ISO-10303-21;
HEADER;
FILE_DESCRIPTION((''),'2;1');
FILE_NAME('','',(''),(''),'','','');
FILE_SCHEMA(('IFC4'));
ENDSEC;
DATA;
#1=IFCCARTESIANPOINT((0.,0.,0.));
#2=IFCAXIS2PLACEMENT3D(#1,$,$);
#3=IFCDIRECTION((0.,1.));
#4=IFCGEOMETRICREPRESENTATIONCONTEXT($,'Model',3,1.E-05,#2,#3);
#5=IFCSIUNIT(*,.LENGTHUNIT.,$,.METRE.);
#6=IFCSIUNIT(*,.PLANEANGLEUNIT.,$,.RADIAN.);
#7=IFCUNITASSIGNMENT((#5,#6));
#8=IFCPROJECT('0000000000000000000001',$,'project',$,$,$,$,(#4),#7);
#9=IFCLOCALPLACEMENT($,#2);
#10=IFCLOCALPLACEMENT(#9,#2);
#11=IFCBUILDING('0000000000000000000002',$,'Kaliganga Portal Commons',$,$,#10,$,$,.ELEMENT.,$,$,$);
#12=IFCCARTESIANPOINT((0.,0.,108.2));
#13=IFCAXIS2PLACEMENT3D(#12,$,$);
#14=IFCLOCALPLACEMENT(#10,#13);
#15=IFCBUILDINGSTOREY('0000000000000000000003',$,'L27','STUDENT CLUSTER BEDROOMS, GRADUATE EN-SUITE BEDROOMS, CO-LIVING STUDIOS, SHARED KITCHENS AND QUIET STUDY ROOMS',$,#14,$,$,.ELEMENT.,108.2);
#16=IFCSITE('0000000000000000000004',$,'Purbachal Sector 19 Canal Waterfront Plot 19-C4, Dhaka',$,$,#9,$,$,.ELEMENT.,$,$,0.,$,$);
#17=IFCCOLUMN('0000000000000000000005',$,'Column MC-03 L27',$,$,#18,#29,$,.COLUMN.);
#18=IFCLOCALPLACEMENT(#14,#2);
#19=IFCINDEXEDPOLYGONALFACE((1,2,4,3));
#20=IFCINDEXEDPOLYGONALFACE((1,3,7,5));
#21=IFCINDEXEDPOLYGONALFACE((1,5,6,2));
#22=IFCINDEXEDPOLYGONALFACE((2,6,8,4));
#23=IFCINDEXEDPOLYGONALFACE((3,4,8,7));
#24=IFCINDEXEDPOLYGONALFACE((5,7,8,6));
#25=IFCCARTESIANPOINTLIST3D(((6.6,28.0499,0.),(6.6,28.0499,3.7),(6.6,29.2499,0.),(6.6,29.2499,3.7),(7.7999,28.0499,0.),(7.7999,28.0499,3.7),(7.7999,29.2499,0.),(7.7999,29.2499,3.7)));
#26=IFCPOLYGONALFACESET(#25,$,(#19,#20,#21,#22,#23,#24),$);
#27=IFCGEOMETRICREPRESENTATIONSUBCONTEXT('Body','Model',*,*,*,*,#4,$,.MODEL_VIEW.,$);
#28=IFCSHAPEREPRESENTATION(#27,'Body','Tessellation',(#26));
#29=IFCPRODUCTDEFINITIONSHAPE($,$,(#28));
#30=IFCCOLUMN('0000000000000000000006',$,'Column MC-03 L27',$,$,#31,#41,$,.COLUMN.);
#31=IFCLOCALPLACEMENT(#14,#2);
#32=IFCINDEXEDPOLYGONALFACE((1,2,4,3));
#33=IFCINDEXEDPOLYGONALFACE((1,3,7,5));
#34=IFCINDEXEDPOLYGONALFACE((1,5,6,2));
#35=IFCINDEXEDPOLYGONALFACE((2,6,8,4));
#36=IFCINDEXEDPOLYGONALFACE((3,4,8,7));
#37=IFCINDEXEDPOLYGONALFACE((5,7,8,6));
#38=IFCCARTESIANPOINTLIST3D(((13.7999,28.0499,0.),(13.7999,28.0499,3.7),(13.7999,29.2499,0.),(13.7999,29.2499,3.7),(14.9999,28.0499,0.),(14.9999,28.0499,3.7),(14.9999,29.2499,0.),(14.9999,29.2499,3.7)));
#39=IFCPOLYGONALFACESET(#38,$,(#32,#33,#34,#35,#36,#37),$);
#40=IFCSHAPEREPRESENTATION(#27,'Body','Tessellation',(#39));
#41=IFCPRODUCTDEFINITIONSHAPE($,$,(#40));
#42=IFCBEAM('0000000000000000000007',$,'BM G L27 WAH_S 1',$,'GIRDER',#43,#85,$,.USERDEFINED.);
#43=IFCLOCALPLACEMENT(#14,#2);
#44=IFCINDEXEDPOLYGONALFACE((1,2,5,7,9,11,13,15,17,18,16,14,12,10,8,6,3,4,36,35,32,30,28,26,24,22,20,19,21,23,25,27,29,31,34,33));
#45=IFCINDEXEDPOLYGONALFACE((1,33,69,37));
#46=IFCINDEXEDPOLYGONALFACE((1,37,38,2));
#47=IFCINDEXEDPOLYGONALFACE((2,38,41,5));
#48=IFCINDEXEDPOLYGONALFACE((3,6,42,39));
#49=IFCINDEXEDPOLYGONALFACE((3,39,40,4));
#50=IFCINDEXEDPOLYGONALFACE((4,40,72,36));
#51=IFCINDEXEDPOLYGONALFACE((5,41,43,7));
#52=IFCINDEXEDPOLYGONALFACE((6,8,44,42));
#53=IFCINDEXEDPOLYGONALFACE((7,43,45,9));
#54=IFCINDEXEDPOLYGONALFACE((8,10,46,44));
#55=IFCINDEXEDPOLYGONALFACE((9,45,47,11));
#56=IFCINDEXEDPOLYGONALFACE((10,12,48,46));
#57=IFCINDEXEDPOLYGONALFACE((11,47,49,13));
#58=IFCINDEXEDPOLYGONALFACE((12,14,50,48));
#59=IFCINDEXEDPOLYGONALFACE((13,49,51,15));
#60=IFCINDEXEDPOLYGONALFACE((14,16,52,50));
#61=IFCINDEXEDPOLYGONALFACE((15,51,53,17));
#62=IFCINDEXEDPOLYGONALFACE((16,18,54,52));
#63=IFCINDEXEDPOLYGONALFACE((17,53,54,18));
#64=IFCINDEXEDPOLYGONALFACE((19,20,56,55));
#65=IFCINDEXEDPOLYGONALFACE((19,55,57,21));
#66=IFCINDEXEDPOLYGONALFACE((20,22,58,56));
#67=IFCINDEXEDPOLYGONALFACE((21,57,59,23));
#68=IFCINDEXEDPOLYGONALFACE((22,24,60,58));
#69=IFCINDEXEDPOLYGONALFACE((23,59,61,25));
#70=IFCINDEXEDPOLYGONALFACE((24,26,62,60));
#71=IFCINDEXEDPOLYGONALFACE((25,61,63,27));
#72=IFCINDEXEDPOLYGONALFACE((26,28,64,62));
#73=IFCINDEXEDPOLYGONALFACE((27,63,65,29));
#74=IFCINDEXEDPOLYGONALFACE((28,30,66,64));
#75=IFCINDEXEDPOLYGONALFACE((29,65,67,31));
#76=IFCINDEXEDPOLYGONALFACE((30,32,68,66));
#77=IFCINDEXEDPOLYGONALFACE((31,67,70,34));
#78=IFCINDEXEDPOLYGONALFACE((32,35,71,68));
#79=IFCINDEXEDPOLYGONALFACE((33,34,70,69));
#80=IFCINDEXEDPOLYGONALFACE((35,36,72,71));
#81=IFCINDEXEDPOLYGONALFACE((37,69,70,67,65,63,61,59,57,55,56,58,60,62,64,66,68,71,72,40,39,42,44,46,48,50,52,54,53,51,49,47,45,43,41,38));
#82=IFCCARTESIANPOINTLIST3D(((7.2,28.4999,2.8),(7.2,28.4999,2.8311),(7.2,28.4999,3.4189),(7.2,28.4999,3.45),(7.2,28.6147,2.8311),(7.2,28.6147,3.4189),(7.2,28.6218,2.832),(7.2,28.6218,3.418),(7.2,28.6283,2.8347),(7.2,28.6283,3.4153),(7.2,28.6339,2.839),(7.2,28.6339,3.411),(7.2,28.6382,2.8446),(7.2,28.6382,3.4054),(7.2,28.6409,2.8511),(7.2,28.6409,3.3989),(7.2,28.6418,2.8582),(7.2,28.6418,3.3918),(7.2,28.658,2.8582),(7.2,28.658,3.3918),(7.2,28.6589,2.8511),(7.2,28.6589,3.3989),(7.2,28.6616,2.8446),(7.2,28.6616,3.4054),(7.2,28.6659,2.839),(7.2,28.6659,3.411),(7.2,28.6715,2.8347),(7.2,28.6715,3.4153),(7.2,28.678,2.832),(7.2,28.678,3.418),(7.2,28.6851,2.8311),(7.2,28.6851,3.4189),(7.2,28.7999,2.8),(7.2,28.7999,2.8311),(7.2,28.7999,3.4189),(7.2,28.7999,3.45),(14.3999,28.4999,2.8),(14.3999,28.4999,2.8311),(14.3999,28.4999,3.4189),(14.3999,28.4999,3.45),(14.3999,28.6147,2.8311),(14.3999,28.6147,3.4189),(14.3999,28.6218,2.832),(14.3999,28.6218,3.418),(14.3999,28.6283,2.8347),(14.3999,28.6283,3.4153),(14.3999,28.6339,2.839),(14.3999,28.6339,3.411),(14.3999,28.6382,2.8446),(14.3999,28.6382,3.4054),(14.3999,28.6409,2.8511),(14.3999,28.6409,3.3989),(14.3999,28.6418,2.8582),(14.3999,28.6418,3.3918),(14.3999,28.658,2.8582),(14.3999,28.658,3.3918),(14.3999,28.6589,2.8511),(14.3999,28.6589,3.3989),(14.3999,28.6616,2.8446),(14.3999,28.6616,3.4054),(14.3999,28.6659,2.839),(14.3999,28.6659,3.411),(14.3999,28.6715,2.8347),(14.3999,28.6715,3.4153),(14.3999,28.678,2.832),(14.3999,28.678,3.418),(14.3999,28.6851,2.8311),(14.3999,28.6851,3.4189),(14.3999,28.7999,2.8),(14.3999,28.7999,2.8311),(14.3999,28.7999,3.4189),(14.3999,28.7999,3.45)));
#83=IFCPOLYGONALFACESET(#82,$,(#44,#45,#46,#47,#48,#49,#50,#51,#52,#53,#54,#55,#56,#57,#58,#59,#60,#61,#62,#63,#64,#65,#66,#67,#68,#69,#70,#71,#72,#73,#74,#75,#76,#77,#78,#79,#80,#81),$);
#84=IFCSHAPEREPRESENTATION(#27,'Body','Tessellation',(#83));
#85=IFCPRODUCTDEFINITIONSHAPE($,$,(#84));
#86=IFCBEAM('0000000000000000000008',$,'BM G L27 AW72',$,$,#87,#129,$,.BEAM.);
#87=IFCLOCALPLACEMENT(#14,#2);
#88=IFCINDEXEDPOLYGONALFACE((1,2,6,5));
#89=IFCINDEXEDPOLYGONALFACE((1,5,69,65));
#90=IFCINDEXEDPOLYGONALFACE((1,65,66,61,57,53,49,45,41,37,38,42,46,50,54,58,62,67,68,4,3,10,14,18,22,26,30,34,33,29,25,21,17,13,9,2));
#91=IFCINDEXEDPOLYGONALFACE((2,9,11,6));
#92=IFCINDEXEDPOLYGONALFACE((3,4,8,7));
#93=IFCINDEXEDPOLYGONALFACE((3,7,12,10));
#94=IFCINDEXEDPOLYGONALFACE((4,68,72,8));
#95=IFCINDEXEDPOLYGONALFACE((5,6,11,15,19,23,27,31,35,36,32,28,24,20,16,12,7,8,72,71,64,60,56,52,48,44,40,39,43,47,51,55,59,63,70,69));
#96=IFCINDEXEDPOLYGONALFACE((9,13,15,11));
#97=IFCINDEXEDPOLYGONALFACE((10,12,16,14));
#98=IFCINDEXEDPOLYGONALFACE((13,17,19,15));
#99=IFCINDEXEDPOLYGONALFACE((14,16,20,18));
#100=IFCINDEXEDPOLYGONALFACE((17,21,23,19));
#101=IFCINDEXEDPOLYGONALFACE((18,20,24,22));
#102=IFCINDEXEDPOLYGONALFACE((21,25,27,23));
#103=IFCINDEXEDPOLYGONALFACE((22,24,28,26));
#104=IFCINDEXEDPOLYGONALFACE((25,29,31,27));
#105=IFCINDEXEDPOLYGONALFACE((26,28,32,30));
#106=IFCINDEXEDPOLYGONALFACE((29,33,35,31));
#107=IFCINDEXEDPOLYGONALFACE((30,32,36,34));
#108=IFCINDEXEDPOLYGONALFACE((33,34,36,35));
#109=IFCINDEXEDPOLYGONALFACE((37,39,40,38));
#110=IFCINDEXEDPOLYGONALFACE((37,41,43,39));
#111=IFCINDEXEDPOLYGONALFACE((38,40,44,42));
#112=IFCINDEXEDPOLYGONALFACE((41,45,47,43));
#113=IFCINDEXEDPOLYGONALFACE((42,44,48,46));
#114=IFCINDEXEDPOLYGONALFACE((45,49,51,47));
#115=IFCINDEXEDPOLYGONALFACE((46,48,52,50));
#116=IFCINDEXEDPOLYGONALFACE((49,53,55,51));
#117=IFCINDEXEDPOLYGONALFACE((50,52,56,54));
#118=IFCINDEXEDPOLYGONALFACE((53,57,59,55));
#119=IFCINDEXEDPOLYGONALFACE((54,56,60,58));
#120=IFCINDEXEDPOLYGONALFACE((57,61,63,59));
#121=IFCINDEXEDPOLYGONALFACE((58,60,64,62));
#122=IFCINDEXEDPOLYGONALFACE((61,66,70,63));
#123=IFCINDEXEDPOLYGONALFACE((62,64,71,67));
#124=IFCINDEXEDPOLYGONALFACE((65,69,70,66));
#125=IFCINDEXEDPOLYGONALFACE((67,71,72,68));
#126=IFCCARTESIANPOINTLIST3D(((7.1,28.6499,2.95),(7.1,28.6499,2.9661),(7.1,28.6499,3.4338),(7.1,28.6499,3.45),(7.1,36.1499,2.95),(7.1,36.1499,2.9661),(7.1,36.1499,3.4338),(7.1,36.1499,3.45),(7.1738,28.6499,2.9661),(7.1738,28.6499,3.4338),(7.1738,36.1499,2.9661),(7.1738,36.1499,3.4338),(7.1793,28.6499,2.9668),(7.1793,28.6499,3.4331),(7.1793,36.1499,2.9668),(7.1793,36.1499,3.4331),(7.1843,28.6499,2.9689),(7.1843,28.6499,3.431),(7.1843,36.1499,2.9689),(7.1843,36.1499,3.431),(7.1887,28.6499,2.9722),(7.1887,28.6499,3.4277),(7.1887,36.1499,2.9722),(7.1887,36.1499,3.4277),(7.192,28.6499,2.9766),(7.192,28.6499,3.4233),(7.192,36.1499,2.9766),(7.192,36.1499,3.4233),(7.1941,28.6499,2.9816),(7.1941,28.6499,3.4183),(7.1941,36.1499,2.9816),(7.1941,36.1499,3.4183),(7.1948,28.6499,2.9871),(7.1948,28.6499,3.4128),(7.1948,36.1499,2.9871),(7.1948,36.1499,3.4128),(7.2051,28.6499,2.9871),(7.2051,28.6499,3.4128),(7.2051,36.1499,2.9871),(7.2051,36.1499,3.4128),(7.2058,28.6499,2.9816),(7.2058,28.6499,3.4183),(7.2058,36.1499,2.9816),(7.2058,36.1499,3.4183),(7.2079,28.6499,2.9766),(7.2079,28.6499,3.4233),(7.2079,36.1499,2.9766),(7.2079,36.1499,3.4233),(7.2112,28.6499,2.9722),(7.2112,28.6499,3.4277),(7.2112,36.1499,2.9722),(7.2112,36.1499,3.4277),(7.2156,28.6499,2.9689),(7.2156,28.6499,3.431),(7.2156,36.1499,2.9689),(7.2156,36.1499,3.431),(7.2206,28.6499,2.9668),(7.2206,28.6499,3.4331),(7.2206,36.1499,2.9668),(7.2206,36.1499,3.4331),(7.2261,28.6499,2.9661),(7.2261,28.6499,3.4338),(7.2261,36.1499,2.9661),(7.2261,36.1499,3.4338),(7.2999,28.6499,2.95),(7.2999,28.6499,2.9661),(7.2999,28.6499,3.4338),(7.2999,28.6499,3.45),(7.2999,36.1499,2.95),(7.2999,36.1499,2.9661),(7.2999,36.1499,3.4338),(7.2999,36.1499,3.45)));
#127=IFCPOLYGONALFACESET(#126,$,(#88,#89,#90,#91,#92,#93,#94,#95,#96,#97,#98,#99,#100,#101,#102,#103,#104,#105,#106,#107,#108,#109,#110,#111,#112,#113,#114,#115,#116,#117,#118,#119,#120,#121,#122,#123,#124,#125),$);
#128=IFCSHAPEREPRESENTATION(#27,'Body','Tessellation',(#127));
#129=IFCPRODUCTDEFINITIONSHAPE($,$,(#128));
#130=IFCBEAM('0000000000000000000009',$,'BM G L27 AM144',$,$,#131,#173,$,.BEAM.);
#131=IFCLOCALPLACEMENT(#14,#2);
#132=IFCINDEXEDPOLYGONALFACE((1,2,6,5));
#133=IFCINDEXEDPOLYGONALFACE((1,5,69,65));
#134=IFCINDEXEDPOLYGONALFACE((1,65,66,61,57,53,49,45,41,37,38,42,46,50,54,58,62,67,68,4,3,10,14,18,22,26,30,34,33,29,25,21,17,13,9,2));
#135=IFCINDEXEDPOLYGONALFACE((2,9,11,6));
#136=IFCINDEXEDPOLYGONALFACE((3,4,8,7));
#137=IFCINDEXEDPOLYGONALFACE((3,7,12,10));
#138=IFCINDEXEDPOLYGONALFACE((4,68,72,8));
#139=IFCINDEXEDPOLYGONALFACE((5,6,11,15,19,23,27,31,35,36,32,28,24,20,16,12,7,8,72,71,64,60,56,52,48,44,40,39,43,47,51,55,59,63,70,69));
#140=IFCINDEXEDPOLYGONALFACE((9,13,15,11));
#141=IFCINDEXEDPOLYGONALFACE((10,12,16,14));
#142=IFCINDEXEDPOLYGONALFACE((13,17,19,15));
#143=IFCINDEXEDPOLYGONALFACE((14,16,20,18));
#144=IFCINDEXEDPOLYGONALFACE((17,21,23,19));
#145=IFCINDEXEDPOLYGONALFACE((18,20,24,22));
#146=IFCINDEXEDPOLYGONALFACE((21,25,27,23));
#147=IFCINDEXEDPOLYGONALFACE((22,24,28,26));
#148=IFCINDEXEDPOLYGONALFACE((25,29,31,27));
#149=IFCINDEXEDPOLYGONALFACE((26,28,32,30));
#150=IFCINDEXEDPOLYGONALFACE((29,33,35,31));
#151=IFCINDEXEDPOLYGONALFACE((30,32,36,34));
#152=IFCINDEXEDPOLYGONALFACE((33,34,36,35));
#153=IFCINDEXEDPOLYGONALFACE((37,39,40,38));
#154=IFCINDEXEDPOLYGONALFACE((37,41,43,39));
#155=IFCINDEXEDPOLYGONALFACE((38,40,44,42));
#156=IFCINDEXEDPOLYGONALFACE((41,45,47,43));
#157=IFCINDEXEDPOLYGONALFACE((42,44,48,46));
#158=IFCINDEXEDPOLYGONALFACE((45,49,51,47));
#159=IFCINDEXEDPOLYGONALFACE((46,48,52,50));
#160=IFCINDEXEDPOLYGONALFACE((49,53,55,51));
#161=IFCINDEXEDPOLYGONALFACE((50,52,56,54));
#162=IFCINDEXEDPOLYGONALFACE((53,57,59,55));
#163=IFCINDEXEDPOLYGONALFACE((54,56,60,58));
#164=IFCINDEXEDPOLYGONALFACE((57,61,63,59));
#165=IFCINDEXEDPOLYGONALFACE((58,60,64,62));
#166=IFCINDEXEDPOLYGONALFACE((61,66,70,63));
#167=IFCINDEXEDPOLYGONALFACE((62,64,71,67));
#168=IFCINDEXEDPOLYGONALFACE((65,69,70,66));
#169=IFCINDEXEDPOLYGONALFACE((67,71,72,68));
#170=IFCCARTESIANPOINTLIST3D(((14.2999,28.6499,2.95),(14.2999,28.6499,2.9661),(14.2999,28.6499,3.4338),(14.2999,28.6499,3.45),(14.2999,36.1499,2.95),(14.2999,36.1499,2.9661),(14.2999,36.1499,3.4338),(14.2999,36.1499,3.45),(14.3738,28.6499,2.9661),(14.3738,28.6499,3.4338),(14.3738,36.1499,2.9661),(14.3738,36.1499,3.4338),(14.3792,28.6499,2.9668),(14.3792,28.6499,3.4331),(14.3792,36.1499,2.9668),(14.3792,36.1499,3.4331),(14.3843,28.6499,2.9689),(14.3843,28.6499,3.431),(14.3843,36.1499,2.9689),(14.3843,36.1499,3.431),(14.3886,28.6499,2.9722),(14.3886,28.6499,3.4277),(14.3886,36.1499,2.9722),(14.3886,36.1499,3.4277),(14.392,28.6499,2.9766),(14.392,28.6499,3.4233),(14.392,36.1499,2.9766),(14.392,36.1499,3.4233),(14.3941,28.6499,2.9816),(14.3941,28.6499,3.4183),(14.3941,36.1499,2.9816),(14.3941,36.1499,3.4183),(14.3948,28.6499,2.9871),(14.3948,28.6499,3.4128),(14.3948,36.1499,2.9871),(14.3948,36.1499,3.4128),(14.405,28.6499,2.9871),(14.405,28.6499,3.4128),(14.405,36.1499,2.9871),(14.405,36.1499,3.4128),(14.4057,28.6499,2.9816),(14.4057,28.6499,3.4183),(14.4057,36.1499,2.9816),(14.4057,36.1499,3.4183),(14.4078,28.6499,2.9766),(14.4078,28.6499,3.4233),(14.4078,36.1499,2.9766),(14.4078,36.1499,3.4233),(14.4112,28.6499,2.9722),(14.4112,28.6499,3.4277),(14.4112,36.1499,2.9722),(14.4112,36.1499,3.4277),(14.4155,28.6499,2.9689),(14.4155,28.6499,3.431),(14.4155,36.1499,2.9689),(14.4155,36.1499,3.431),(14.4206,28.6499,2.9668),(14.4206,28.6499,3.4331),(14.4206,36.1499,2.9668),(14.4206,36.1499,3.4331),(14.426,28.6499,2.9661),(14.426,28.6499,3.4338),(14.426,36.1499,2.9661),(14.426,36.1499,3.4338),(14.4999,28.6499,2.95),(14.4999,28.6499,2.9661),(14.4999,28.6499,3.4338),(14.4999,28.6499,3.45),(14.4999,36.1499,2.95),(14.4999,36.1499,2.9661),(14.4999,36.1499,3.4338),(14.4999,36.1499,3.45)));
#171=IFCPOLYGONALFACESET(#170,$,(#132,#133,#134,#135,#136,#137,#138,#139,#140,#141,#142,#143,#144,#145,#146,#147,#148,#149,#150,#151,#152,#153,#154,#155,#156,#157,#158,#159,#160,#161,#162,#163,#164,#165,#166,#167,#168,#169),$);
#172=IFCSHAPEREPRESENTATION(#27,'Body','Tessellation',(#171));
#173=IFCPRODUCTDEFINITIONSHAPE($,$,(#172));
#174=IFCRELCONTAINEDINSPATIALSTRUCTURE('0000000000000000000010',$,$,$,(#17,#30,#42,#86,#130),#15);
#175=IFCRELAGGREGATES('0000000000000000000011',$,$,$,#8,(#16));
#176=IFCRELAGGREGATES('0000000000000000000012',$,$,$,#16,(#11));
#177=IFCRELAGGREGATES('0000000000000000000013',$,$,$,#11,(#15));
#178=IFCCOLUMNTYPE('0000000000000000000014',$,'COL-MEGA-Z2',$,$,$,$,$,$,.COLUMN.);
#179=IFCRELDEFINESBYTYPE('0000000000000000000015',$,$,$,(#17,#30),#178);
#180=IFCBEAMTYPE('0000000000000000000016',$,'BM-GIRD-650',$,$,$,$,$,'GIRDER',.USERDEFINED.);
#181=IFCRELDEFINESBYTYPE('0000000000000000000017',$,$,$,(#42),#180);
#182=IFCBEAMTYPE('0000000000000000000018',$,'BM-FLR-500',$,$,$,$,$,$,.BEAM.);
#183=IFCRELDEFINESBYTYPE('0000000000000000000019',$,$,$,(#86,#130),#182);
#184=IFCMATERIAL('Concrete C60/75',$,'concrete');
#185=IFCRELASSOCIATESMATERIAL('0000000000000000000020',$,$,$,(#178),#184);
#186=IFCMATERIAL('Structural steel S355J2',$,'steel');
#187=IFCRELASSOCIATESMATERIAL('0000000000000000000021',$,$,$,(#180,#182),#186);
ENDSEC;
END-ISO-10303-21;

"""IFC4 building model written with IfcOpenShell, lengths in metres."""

from ifc_helpers import new_model, si_unit, direction, frame, origin, origin_2d, place, context, subcontext, project, spatial, rectangle, i_section, extrude, source, transform, mapped, material, material_profile, profile_set, type_object, element, save


model = new_model("IFC4")

# Units and contexts
model_context = context("Model", 3, precision=1e-05, world=origin(), true_north=direction((0.0, 1.0)))
body_context = subcontext(model_context, "Body", "Model", "MODEL_VIEW")
ifc_project = project(units=[si_unit("LENGTHUNIT", "METRE"), si_unit("PLANEANGLEUNIT", "RADIAN")], contexts=[model_context])

# Site, building, storey
site_placement = place(None, origin())
site = spatial("IfcSite", under=ifc_project, at=site_placement, Name="Purbachal Sector 19 Canal Waterfront Plot 19-C4, Dhaka", CompositionType="ELEMENT", RefElevation=0.0)
building_placement = place(site_placement, origin())
building = spatial("IfcBuilding", under=site, at=building_placement, Name="Kaliganga Portal Commons", CompositionType="ELEMENT")
storey_placement = place(building_placement, frame((0.0, 0.0, 108.2)))
storey = spatial("IfcBuildingStorey", under=building, at=storey_placement, Name="L27", Description="STUDENT CLUSTER BEDROOMS, GRADUATE EN-SUITE BEDROOMS, CO-LIVING STUDIOS, SHARED KITCHENS AND QUIET STUDY ROOMS", CompositionType="ELEMENT", Elevation=108.2)

# Columns
ifc_material_1 = material(Name="Concrete C60/75", Category="concrete")
ifc_material_profile_1 = material_profile(ifc_material_1, rectangle(XDim=1.2, YDim=1.2, at=origin_2d()), Name="RC 1200x1200")
ifc_profile_set_1 = profile_set([ifc_material_profile_1], Name="Concrete C60/75")
column_type = type_object("IfcColumnType", Name="COL-MEGA-Z2", PredefinedType="COLUMN", material=ifc_profile_set_1)
shared_shape_1 = source(origin(), body_context, "Body", "SweptSolid", [
    extrude(rectangle(XDim=1.2, YDim=1.2, at=origin_2d()), origin(), (0.0, 0.0, 1.0), 3.7),
])
for number, where, z_axis, x_axis, name in (
    (1, (7.2, 28.6499, 0.0), (0.0, 0.0, 1.0), (1.0, 0.0, 0.0), "Column MC-03 L27"),
    (2, (14.3999, 28.6499, 0.0), (0.0, 0.0, 1.0), (1.0, 0.0, 0.0), "Column MC-03 L27"),
):
    element("IfcColumn", number, at=place(storey_placement, frame(where, z_axis=z_axis, x_axis=x_axis)), inside=storey, type_object=column_type, Name=name, PredefinedType="COLUMN", context=body_context, shape_type="MappedRepresentation", body=[
        mapped(shared_shape_1, transform((0.0, 0.0, 0.0), x_axis=(1.0, 0.0, 0.0), y_axis=(0.0, 1.0, 0.0), z_axis=(0.0, 0.0, 1.0), scale=1.0)),
    ])

# Beams
ifc_material_2 = material(Name="Structural steel S355J2", Category="steel")
ifc_material_profile_2 = material_profile(ifc_material_2, i_section(OverallWidth=0.3, OverallDepth=0.6499, WebThickness=0.0161, FlangeThickness=0.031, FilletRadius=0.0271, at=origin_2d()), Name="HE 650 B")
ifc_profile_set_2 = profile_set([ifc_material_profile_2], Name="Structural steel S355J2 wide-flange")
beam_type_1 = type_object("IfcBeamType", Name="BM-GIRD-650", ElementType="GIRDER", PredefinedType="USERDEFINED", material=ifc_profile_set_2)
shared_shape_2 = source(origin(), body_context, "Body", "SweptSolid", [
    extrude(i_section(OverallWidth=0.3, OverallDepth=0.6499, WebThickness=0.0161, FlangeThickness=0.031, FilletRadius=0.0271, at=origin_2d()), origin(), (0.0, 0.0, 1.0), 7.2),
])
beam_placement = place(storey_placement, frame((7.2, 28.6499, 3.125), z_axis=(1.0, 0.0, 0.0), x_axis=(0.0, 1.0, 0.0)))
element("IfcBeam", 3, at=beam_placement, inside=storey, type_object=beam_type_1, Name="BM G L27 WAH_S 1", ObjectType="GIRDER", PredefinedType="USERDEFINED", context=body_context, shape_type="MappedRepresentation", body=[
    mapped(shared_shape_2, transform((0.0, 0.0, 0.0), x_axis=(1.0, 0.0, 0.0), y_axis=(0.0, 1.0, 0.0), z_axis=(0.0, 0.0, 1.0), scale=1.0)),
])
ifc_material_profile_3 = material_profile(ifc_material_2, i_section(OverallWidth=0.2, OverallDepth=0.5, WebThickness=0.0103, FlangeThickness=0.0161, FilletRadius=0.021, at=origin_2d()), Name="IPE 500")
ifc_profile_set_3 = profile_set([ifc_material_profile_3], Name="Structural steel S355J2 wide-flange")
beam_type_2 = type_object("IfcBeamType", Name="BM-FLR-500", PredefinedType="BEAM", material=ifc_profile_set_3)
shared_shape_3 = source(origin(), body_context, "Body", "SweptSolid", [
    extrude(i_section(OverallWidth=0.2, OverallDepth=0.5, WebThickness=0.0103, FlangeThickness=0.0161, FilletRadius=0.021, at=origin_2d()), origin(), (0.0, 0.0, 1.0), 7.5),
])
for number, where, z_axis, x_axis, name in (
    (4, (7.2, 28.6499, 3.2), (0.0, 1.0, 0.0), (-1.0, 0.0, 0.0), "BM G L27 AW72"),
    (5, (14.3999, 28.6499, 3.2), (0.0, 1.0, 0.0), (-1.0, 0.0, 0.0), "BM G L27 AM144"),
):
    element("IfcBeam", number, at=place(storey_placement, frame(where, z_axis=z_axis, x_axis=x_axis)), inside=storey, type_object=beam_type_2, Name=name, PredefinedType="BEAM", context=body_context, shape_type="MappedRepresentation", body=[
        mapped(shared_shape_3, transform((0.0, 0.0, 0.0), x_axis=(1.0, 0.0, 0.0), y_axis=(0.0, 1.0, 0.0), z_axis=(0.0, 0.0, 1.0), scale=1.0)),
    ])

save(model, "model.ifc")
